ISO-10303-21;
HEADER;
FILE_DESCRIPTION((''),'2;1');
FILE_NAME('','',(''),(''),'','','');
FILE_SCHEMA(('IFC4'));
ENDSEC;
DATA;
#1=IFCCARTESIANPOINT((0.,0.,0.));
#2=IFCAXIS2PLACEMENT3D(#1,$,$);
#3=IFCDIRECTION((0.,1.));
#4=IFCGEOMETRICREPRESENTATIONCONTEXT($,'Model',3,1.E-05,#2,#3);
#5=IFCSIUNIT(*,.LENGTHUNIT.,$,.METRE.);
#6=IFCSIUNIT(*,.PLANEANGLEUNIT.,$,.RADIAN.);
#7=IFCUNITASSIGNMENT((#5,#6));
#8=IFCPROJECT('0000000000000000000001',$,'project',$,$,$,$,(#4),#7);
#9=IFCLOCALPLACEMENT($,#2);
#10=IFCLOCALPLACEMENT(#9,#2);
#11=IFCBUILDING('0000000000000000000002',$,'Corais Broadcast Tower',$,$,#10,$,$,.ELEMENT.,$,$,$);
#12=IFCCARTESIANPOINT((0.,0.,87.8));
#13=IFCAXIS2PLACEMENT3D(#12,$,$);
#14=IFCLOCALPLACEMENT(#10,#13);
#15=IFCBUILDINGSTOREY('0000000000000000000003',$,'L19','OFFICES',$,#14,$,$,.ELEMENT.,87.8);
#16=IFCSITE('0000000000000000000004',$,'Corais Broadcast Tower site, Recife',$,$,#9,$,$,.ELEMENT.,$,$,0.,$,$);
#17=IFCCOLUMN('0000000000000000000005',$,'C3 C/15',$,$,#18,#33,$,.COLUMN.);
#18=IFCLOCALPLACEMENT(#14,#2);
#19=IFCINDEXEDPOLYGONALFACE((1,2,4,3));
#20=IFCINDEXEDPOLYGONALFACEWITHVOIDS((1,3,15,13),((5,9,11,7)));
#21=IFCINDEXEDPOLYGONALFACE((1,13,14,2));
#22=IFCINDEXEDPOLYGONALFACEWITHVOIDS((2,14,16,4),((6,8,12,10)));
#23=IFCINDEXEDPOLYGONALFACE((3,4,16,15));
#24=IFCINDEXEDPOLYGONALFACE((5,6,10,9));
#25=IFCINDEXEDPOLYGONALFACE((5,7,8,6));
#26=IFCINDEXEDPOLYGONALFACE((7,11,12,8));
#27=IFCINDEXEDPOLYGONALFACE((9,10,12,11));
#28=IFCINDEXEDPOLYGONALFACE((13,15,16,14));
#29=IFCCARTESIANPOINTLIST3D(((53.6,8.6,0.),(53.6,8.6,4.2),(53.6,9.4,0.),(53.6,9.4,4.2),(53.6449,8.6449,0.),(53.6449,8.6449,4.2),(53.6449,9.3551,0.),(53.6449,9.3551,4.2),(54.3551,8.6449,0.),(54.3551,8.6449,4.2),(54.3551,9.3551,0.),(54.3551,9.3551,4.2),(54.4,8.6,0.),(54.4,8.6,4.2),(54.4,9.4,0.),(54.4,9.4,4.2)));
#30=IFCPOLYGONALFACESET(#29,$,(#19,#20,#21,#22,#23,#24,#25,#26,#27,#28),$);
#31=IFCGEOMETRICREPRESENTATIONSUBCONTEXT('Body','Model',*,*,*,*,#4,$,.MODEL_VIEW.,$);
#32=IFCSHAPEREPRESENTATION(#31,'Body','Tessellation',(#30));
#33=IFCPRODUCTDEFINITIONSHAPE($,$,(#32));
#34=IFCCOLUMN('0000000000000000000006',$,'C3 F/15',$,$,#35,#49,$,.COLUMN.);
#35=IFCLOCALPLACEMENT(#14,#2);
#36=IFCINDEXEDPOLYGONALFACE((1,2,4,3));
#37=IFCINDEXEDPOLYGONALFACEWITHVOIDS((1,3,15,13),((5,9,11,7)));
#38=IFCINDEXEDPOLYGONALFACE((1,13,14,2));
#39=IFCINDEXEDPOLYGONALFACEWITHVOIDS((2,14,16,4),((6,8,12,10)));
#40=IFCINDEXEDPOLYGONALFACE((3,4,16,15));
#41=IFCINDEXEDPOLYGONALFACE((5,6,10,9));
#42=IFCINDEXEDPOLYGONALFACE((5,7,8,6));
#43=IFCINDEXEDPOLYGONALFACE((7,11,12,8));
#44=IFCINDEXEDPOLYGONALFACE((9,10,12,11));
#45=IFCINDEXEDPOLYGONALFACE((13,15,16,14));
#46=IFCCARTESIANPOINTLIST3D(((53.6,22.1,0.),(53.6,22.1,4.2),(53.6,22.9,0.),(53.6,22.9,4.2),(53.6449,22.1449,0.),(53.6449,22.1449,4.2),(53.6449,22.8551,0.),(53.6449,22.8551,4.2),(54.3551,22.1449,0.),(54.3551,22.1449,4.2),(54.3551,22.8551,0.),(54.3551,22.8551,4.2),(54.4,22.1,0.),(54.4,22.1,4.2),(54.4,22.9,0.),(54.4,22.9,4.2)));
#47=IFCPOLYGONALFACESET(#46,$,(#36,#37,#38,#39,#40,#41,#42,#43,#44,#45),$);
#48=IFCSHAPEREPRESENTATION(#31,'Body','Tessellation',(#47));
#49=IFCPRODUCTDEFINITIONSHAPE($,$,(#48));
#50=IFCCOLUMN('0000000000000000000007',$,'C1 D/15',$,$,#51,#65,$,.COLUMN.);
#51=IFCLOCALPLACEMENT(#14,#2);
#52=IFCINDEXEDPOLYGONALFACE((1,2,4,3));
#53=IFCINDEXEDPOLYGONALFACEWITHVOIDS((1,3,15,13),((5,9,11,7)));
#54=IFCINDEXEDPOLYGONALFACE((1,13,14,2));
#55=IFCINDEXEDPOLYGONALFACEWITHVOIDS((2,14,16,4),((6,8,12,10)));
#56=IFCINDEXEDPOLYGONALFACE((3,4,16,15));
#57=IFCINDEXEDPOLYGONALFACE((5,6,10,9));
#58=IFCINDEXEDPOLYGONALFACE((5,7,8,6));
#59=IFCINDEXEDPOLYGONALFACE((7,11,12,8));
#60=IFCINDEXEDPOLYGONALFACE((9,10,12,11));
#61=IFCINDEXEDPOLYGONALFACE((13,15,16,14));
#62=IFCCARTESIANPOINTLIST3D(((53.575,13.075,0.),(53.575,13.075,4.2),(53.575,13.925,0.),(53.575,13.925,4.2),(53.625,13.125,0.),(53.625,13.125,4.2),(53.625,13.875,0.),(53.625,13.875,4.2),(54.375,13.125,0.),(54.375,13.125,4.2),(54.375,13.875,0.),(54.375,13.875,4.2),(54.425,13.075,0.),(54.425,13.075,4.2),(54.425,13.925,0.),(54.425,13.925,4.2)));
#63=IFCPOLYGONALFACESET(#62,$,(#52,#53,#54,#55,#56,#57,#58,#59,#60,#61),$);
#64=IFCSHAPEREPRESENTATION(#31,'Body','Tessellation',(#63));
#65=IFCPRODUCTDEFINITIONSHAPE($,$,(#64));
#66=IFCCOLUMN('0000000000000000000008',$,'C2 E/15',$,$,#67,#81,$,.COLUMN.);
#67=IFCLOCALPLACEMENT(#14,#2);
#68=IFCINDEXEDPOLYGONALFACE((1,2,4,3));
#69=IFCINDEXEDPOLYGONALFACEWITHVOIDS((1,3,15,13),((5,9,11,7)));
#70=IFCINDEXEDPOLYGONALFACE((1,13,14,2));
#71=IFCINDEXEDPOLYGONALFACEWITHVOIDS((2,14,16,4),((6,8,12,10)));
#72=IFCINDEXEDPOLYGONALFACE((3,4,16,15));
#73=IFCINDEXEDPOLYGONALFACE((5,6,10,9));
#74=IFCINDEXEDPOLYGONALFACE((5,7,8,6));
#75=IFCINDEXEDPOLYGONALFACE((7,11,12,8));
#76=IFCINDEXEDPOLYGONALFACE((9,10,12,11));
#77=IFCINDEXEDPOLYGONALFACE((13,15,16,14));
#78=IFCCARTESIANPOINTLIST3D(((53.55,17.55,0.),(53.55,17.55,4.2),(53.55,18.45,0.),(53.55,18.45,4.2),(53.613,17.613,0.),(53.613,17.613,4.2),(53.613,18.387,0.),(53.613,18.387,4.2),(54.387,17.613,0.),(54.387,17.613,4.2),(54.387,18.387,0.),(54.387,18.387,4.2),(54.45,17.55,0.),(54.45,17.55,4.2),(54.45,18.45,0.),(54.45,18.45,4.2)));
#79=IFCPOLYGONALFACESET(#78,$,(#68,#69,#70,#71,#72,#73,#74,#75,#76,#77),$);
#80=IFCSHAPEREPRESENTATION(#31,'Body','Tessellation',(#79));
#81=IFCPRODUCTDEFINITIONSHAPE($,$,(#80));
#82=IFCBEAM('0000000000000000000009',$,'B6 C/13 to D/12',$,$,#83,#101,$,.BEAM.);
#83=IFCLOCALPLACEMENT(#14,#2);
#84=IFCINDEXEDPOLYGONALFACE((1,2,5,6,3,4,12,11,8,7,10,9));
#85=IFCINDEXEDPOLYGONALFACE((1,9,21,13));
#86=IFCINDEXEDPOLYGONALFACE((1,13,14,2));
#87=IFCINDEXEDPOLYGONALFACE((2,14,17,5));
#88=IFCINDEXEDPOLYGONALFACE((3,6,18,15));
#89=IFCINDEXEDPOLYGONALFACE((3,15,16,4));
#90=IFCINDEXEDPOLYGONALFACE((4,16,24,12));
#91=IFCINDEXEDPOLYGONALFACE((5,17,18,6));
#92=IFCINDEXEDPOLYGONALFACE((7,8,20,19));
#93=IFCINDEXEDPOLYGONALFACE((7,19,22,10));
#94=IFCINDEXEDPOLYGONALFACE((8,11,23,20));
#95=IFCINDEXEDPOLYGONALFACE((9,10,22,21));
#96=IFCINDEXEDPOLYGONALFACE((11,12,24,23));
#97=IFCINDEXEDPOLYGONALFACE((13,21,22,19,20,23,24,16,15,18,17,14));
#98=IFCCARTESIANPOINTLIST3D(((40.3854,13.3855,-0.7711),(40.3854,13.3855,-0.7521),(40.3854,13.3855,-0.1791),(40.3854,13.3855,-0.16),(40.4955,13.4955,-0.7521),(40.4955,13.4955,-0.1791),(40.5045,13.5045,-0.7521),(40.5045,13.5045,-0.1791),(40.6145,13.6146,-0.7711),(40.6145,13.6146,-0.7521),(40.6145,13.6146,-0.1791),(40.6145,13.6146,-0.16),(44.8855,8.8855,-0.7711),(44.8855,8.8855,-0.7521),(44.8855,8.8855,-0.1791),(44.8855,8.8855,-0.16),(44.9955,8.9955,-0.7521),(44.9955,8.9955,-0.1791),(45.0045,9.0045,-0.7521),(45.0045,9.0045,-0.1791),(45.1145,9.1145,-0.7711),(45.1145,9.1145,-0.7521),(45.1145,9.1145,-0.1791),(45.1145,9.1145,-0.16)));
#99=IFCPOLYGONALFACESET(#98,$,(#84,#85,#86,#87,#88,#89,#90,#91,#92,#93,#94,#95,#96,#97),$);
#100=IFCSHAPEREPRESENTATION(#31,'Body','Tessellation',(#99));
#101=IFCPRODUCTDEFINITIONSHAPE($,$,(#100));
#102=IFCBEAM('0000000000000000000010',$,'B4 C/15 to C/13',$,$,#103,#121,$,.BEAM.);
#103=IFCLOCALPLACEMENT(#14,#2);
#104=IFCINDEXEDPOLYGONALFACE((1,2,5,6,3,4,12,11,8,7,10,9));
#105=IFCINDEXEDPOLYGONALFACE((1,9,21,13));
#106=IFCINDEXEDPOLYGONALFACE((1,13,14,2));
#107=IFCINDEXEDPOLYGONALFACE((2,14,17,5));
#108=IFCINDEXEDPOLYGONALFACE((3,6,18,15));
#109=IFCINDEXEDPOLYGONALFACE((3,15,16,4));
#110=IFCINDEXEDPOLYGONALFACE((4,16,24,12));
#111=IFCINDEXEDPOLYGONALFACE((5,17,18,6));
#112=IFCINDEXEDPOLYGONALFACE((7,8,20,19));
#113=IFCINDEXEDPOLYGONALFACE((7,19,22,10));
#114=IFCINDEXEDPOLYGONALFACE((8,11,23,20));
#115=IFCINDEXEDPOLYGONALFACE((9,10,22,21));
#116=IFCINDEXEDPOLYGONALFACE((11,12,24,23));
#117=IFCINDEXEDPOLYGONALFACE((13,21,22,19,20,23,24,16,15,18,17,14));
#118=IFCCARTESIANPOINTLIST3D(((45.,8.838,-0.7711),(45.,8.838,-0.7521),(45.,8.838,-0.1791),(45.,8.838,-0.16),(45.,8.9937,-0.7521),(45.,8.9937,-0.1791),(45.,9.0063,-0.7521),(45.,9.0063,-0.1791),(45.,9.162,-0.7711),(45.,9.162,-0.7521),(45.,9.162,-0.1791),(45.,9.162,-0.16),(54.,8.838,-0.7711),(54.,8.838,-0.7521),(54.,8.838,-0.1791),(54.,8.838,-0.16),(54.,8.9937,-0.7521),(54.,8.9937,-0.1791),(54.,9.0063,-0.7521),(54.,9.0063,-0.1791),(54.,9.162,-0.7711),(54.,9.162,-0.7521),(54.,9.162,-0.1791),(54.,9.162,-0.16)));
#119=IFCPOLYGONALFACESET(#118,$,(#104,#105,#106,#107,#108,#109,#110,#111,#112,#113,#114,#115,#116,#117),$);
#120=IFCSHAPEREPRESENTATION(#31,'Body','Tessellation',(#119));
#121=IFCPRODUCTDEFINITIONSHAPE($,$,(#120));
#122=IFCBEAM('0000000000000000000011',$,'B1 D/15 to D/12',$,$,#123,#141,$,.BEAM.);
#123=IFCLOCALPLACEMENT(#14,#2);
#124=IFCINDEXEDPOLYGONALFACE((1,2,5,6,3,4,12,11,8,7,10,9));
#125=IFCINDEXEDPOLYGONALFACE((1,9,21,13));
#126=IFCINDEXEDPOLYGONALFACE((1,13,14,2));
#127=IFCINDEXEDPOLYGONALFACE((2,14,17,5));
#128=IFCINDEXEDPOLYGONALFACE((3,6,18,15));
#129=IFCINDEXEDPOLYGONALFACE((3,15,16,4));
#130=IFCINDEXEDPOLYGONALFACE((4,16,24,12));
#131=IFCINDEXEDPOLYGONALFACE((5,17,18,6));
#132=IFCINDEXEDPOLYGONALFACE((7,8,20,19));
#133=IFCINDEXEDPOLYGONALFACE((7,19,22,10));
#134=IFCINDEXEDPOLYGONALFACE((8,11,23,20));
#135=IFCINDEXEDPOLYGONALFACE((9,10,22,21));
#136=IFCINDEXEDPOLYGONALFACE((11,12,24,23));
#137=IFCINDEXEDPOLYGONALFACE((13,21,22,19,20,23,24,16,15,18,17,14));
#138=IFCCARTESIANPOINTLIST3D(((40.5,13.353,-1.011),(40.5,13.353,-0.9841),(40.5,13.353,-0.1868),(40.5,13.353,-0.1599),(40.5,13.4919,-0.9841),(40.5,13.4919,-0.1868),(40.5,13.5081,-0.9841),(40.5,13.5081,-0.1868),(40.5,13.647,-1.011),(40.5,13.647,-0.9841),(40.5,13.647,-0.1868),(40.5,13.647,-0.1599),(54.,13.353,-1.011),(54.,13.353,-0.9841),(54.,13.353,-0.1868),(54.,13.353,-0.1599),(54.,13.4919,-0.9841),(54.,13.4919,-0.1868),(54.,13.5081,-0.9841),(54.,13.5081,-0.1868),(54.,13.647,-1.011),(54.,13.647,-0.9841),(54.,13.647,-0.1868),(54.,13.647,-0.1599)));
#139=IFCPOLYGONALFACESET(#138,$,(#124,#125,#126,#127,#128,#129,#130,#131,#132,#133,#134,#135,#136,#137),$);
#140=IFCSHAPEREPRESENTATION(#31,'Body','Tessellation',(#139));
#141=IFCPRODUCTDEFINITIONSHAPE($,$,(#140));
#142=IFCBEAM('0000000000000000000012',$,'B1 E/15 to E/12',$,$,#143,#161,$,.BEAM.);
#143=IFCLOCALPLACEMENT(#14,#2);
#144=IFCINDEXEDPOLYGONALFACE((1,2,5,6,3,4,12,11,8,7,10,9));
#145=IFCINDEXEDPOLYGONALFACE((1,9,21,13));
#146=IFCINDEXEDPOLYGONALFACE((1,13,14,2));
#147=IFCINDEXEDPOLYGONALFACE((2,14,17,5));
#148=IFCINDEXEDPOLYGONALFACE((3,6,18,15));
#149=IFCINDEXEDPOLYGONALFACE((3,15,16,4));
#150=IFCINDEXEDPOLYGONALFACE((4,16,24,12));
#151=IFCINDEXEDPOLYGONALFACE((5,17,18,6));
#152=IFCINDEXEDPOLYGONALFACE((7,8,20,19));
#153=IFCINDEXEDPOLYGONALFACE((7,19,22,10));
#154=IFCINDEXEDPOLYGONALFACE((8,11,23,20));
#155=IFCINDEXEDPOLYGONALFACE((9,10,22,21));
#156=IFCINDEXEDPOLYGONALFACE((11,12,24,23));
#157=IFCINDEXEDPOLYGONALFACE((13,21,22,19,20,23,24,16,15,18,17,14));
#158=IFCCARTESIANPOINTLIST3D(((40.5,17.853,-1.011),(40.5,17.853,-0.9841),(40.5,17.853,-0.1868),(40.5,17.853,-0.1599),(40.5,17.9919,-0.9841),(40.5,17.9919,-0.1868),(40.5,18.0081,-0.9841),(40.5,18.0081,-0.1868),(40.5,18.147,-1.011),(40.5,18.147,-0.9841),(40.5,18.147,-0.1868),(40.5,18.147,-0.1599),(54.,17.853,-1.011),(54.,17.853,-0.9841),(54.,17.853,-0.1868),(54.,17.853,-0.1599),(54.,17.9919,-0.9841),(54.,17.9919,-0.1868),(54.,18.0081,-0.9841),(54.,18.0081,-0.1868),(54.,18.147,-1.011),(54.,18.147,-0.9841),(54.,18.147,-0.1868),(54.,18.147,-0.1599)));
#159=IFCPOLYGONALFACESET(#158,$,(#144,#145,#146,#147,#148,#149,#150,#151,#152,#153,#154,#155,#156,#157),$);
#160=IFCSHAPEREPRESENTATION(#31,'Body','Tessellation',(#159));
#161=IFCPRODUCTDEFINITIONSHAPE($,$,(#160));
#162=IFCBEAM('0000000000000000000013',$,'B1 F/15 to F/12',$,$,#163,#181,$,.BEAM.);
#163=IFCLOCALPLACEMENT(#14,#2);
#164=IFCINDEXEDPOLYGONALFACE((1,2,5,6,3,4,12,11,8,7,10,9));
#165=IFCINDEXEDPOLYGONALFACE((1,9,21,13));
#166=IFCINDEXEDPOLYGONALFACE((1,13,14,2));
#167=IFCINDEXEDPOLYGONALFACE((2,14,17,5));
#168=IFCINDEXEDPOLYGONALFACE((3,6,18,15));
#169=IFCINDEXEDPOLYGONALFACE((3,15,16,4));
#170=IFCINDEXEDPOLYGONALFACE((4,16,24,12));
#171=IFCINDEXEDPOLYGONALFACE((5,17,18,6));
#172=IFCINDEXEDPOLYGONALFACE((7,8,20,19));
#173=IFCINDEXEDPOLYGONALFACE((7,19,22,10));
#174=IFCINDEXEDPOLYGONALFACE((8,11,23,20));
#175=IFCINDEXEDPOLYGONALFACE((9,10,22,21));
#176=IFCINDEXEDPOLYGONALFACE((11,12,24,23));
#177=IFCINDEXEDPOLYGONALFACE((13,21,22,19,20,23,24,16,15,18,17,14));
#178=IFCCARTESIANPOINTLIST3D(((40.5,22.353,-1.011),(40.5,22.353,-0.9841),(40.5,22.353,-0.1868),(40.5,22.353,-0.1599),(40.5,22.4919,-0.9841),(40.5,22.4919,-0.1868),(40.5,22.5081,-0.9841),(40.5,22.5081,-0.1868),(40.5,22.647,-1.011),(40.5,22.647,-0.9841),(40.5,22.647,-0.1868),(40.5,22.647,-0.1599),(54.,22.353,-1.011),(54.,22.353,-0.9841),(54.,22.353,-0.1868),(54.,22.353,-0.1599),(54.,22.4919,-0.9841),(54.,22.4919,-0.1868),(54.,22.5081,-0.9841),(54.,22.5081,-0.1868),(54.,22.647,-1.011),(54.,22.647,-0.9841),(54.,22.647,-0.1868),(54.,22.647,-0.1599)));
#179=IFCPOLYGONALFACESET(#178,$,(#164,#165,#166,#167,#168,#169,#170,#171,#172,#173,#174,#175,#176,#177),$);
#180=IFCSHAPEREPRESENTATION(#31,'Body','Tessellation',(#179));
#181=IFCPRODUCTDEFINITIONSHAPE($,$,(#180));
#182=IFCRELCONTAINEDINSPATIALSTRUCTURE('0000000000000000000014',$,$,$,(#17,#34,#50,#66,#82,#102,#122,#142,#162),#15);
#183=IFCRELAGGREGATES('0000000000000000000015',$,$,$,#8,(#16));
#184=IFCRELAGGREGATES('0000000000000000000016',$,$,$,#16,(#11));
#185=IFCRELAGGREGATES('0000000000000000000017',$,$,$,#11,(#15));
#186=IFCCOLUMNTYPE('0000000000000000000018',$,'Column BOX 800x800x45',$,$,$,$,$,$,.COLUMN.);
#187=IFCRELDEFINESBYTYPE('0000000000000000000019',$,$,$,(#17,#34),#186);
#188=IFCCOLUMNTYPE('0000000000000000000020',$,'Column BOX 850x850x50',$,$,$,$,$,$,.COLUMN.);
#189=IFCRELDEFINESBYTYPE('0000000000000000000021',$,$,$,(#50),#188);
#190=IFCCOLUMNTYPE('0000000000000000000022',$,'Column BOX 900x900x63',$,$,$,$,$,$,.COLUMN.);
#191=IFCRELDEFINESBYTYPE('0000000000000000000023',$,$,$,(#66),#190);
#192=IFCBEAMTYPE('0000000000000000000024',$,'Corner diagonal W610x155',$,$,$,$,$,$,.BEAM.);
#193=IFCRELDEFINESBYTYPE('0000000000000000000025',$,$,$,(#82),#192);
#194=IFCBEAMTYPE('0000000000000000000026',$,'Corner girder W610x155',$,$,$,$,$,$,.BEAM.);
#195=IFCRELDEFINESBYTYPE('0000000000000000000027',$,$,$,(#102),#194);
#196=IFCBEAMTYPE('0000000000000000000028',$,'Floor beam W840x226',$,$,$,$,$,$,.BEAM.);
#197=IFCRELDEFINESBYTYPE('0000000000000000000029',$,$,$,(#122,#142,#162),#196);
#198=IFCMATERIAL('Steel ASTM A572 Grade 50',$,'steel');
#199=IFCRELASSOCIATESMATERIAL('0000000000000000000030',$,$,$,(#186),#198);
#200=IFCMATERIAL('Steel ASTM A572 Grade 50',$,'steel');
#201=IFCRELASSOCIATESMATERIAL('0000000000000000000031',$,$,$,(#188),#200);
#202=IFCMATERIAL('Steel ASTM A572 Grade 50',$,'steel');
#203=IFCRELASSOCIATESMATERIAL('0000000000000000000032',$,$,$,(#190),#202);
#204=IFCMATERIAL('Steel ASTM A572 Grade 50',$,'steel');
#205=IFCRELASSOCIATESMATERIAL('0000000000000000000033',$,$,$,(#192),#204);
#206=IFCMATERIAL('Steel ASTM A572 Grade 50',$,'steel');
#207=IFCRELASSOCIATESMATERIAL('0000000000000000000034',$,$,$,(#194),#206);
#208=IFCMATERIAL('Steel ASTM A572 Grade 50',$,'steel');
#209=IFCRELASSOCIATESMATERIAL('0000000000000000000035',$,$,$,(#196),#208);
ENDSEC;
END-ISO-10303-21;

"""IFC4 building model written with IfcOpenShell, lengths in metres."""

from ifc_helpers import new_model, si_unit, direction, frame, origin, origin_2d, place, context, subcontext, project, spatial, hollow_rectangle, i_section, extrude, material, material_profile, profile_set, type_object, element, save


model = new_model("IFC4")

# Units and contexts
model_context = context("Model", 3, precision=1e-05, world=origin(), true_north=direction((0.0, 1.0)))
body_context = subcontext(model_context, "Body", "Model", "MODEL_VIEW")
ifc_project = project(units=[si_unit("LENGTHUNIT", "METRE"), si_unit("PLANEANGLEUNIT", "RADIAN")], contexts=[model_context])

# Site, building, storey
site_placement = place(None, origin())
site = spatial("IfcSite", under=ifc_project, at=site_placement, Name="Corais Broadcast Tower site, Recife", CompositionType="ELEMENT", RefElevation=0.0)
building_placement = place(site_placement, origin())
building = spatial("IfcBuilding", under=site, at=building_placement, Name="Corais Broadcast Tower", CompositionType="ELEMENT")
storey_placement = place(building_placement, frame((0.0, 0.0, 87.8)))
storey = spatial("IfcBuildingStorey", under=building, at=storey_placement, Name="L19", Description="OFFICES", CompositionType="ELEMENT", Elevation=87.8)

# Columns
ifc_material_1 = material(Name="Steel ASTM A572 Grade 50", Category="steel")
ifc_material_profile_1 = material_profile(ifc_material_1, hollow_rectangle(XDim=0.8, YDim=0.8, WallThickness=0.0449, at=origin_2d()), Name="BOX 800x800x45")
ifc_profile_set_1 = profile_set([ifc_material_profile_1], Name="Steel ASTM A572 Grade 50")
column_type_1 = type_object("IfcColumnType", Name="Column BOX 800x800x45", PredefinedType="COLUMN", material=ifc_profile_set_1)
for number, where, z_axis, x_axis, name in (
    (1, (54.0, 9.0, 0.0), (0.0, 0.0, 1.0), (1.0, 0.0, 0.0), "C3 C/15"),
    (2, (54.0, 22.5, 0.0), (0.0, 0.0, 1.0), (1.0, 0.0, 0.0), "C3 F/15"),
):
    element("IfcColumn", number, at=place(storey_placement, frame(where, z_axis=z_axis, x_axis=x_axis)), inside=storey, type_object=column_type_1, Name=name, PredefinedType="COLUMN", context=body_context, shape_type="SweptSolid", body=[
        extrude(hollow_rectangle(XDim=0.8, YDim=0.8, WallThickness=0.0449, at=origin_2d()), origin(), (0.0, 0.0, 1.0), 4.2),
    ])
ifc_material_2 = material(Name="Steel ASTM A572 Grade 50", Category="steel")
ifc_material_profile_2 = material_profile(ifc_material_2, hollow_rectangle(XDim=0.8501, YDim=0.8501, WallThickness=0.05, at=origin_2d()), Name="BOX 850x850x50")
ifc_profile_set_2 = profile_set([ifc_material_profile_2], Name="Steel ASTM A572 Grade 50")
column_type_2 = type_object("IfcColumnType", Name="Column BOX 850x850x50", PredefinedType="COLUMN", material=ifc_profile_set_2)
column_1_placement = place(storey_placement, frame((54.0, 13.5, 0.0), z_axis=(0.0, 0.0, 1.0), x_axis=(1.0, 0.0, 0.0)))
element("IfcColumn", 3, at=column_1_placement, inside=storey, type_object=column_type_2, Name="C1 D/15", PredefinedType="COLUMN", context=body_context, shape_type="SweptSolid", body=[
    extrude(hollow_rectangle(XDim=0.8501, YDim=0.8501, WallThickness=0.05, at=origin_2d()), origin(), (0.0, 0.0, 1.0), 4.2),
])
ifc_material_3 = material(Name="Steel ASTM A572 Grade 50", Category="steel")
ifc_material_profile_3 = material_profile(ifc_material_3, hollow_rectangle(XDim=0.8999, YDim=0.8999, WallThickness=0.063, at=origin_2d()), Name="BOX 900x900x63")
ifc_profile_set_3 = profile_set([ifc_material_profile_3], Name="Steel ASTM A572 Grade 50")
column_type_3 = type_object("IfcColumnType", Name="Column BOX 900x900x63", PredefinedType="COLUMN", material=ifc_profile_set_3)
column_2_placement = place(storey_placement, frame((54.0, 18.0, 0.0), z_axis=(0.0, 0.0, 1.0), x_axis=(1.0, 0.0, 0.0)))
element("IfcColumn", 4, at=column_2_placement, inside=storey, type_object=column_type_3, Name="C2 E/15", PredefinedType="COLUMN", context=body_context, shape_type="SweptSolid", body=[
    extrude(hollow_rectangle(XDim=0.8999, YDim=0.8999, WallThickness=0.063, at=origin_2d()), origin(), (0.0, 0.0, 1.0), 4.2),
])

# Beams
ifc_material_4 = material(Name="Steel ASTM A572 Grade 50", Category="steel")
ifc_material_profile_4 = material_profile(ifc_material_4, i_section(OverallWidth=0.324, OverallDepth=0.6111, WebThickness=0.0127, FlangeThickness=0.019, at=origin_2d()), Name="W610x155")
ifc_profile_set_4 = profile_set([ifc_material_profile_4], Name="Steel ASTM A572 Grade 50")
beam_type_1 = type_object("IfcBeamType", Name="Corner diagonal W610x155", PredefinedType="BEAM", material=ifc_profile_set_4)
beam_1_placement = place(storey_placement, frame((45.0, 9.0, -0.4656), z_axis=(-0.707107, 0.707107, 0.0), x_axis=(-0.707107, -0.707107, 0.0)))
element("IfcBeam", 5, at=beam_1_placement, inside=storey, type_object=beam_type_1, Name="B6 C/13 to D/12", PredefinedType="BEAM", context=body_context, shape_type="SweptSolid", body=[
    extrude(i_section(OverallWidth=0.324, OverallDepth=0.6111, WebThickness=0.0127, FlangeThickness=0.019, at=origin_2d()), origin(), (0.0, 0.0, 1.0), 6.364),
])
ifc_material_5 = material(Name="Steel ASTM A572 Grade 50", Category="steel")
ifc_material_profile_5 = material_profile(ifc_material_5, i_section(OverallWidth=0.324, OverallDepth=0.6111, WebThickness=0.0127, FlangeThickness=0.019, at=origin_2d()), Name="W610x155")
ifc_profile_set_5 = profile_set([ifc_material_profile_5], Name="Steel ASTM A572 Grade 50")
beam_type_2 = type_object("IfcBeamType", Name="Corner girder W610x155", PredefinedType="BEAM", material=ifc_profile_set_5)
beam_2_placement = place(storey_placement, frame((54.0, 9.0, -0.4656), z_axis=(-1.0, 0.0, 0.0), x_axis=(0.0, -1.0, 0.0)))
element("IfcBeam", 6, at=beam_2_placement, inside=storey, type_object=beam_type_2, Name="B4 C/15 to C/13", PredefinedType="BEAM", context=body_context, shape_type="SweptSolid", body=[
    extrude(i_section(OverallWidth=0.324, OverallDepth=0.6111, WebThickness=0.0127, FlangeThickness=0.019, at=origin_2d()), origin(), (0.0, 0.0, 1.0), 9.0),
])
ifc_material_6 = material(Name="Steel ASTM A572 Grade 50", Category="steel")
ifc_material_profile_6 = material_profile(ifc_material_6, i_section(OverallWidth=0.2939, OverallDepth=0.8511, WebThickness=0.0161, FlangeThickness=0.0269, at=origin_2d()), Name="W840x226")
ifc_profile_set_6 = profile_set([ifc_material_profile_6], Name="Steel ASTM A572 Grade 50")
beam_type_3 = type_object("IfcBeamType", Name="Floor beam W840x226", PredefinedType="BEAM", material=ifc_profile_set_6)
for number, where, z_axis, x_axis, name in (
    (7, (54.0, 13.5, -0.5854), (-1.0, 0.0, 0.0), (0.0, -1.0, 0.0), "B1 D/15 to D/12"),
    (8, (54.0, 18.0, -0.5854), (-1.0, 0.0, 0.0), (0.0, -1.0, 0.0), "B1 E/15 to E/12"),
    (9, (54.0, 22.5, -0.5854), (-1.0, 0.0, 0.0), (0.0, -1.0, 0.0), "B1 F/15 to F/12"),
):
    element("IfcBeam", number, at=place(storey_placement, frame(where, z_axis=z_axis, x_axis=x_axis)), inside=storey, type_object=beam_type_3, Name=name, PredefinedType="BEAM", context=body_context, shape_type="SweptSolid", body=[
        extrude(i_section(OverallWidth=0.2939, OverallDepth=0.8511, WebThickness=0.0161, FlangeThickness=0.0269, at=origin_2d()), origin(), (0.0, 0.0, 1.0), 13.5),
    ])

save(model, "model.ifc")
